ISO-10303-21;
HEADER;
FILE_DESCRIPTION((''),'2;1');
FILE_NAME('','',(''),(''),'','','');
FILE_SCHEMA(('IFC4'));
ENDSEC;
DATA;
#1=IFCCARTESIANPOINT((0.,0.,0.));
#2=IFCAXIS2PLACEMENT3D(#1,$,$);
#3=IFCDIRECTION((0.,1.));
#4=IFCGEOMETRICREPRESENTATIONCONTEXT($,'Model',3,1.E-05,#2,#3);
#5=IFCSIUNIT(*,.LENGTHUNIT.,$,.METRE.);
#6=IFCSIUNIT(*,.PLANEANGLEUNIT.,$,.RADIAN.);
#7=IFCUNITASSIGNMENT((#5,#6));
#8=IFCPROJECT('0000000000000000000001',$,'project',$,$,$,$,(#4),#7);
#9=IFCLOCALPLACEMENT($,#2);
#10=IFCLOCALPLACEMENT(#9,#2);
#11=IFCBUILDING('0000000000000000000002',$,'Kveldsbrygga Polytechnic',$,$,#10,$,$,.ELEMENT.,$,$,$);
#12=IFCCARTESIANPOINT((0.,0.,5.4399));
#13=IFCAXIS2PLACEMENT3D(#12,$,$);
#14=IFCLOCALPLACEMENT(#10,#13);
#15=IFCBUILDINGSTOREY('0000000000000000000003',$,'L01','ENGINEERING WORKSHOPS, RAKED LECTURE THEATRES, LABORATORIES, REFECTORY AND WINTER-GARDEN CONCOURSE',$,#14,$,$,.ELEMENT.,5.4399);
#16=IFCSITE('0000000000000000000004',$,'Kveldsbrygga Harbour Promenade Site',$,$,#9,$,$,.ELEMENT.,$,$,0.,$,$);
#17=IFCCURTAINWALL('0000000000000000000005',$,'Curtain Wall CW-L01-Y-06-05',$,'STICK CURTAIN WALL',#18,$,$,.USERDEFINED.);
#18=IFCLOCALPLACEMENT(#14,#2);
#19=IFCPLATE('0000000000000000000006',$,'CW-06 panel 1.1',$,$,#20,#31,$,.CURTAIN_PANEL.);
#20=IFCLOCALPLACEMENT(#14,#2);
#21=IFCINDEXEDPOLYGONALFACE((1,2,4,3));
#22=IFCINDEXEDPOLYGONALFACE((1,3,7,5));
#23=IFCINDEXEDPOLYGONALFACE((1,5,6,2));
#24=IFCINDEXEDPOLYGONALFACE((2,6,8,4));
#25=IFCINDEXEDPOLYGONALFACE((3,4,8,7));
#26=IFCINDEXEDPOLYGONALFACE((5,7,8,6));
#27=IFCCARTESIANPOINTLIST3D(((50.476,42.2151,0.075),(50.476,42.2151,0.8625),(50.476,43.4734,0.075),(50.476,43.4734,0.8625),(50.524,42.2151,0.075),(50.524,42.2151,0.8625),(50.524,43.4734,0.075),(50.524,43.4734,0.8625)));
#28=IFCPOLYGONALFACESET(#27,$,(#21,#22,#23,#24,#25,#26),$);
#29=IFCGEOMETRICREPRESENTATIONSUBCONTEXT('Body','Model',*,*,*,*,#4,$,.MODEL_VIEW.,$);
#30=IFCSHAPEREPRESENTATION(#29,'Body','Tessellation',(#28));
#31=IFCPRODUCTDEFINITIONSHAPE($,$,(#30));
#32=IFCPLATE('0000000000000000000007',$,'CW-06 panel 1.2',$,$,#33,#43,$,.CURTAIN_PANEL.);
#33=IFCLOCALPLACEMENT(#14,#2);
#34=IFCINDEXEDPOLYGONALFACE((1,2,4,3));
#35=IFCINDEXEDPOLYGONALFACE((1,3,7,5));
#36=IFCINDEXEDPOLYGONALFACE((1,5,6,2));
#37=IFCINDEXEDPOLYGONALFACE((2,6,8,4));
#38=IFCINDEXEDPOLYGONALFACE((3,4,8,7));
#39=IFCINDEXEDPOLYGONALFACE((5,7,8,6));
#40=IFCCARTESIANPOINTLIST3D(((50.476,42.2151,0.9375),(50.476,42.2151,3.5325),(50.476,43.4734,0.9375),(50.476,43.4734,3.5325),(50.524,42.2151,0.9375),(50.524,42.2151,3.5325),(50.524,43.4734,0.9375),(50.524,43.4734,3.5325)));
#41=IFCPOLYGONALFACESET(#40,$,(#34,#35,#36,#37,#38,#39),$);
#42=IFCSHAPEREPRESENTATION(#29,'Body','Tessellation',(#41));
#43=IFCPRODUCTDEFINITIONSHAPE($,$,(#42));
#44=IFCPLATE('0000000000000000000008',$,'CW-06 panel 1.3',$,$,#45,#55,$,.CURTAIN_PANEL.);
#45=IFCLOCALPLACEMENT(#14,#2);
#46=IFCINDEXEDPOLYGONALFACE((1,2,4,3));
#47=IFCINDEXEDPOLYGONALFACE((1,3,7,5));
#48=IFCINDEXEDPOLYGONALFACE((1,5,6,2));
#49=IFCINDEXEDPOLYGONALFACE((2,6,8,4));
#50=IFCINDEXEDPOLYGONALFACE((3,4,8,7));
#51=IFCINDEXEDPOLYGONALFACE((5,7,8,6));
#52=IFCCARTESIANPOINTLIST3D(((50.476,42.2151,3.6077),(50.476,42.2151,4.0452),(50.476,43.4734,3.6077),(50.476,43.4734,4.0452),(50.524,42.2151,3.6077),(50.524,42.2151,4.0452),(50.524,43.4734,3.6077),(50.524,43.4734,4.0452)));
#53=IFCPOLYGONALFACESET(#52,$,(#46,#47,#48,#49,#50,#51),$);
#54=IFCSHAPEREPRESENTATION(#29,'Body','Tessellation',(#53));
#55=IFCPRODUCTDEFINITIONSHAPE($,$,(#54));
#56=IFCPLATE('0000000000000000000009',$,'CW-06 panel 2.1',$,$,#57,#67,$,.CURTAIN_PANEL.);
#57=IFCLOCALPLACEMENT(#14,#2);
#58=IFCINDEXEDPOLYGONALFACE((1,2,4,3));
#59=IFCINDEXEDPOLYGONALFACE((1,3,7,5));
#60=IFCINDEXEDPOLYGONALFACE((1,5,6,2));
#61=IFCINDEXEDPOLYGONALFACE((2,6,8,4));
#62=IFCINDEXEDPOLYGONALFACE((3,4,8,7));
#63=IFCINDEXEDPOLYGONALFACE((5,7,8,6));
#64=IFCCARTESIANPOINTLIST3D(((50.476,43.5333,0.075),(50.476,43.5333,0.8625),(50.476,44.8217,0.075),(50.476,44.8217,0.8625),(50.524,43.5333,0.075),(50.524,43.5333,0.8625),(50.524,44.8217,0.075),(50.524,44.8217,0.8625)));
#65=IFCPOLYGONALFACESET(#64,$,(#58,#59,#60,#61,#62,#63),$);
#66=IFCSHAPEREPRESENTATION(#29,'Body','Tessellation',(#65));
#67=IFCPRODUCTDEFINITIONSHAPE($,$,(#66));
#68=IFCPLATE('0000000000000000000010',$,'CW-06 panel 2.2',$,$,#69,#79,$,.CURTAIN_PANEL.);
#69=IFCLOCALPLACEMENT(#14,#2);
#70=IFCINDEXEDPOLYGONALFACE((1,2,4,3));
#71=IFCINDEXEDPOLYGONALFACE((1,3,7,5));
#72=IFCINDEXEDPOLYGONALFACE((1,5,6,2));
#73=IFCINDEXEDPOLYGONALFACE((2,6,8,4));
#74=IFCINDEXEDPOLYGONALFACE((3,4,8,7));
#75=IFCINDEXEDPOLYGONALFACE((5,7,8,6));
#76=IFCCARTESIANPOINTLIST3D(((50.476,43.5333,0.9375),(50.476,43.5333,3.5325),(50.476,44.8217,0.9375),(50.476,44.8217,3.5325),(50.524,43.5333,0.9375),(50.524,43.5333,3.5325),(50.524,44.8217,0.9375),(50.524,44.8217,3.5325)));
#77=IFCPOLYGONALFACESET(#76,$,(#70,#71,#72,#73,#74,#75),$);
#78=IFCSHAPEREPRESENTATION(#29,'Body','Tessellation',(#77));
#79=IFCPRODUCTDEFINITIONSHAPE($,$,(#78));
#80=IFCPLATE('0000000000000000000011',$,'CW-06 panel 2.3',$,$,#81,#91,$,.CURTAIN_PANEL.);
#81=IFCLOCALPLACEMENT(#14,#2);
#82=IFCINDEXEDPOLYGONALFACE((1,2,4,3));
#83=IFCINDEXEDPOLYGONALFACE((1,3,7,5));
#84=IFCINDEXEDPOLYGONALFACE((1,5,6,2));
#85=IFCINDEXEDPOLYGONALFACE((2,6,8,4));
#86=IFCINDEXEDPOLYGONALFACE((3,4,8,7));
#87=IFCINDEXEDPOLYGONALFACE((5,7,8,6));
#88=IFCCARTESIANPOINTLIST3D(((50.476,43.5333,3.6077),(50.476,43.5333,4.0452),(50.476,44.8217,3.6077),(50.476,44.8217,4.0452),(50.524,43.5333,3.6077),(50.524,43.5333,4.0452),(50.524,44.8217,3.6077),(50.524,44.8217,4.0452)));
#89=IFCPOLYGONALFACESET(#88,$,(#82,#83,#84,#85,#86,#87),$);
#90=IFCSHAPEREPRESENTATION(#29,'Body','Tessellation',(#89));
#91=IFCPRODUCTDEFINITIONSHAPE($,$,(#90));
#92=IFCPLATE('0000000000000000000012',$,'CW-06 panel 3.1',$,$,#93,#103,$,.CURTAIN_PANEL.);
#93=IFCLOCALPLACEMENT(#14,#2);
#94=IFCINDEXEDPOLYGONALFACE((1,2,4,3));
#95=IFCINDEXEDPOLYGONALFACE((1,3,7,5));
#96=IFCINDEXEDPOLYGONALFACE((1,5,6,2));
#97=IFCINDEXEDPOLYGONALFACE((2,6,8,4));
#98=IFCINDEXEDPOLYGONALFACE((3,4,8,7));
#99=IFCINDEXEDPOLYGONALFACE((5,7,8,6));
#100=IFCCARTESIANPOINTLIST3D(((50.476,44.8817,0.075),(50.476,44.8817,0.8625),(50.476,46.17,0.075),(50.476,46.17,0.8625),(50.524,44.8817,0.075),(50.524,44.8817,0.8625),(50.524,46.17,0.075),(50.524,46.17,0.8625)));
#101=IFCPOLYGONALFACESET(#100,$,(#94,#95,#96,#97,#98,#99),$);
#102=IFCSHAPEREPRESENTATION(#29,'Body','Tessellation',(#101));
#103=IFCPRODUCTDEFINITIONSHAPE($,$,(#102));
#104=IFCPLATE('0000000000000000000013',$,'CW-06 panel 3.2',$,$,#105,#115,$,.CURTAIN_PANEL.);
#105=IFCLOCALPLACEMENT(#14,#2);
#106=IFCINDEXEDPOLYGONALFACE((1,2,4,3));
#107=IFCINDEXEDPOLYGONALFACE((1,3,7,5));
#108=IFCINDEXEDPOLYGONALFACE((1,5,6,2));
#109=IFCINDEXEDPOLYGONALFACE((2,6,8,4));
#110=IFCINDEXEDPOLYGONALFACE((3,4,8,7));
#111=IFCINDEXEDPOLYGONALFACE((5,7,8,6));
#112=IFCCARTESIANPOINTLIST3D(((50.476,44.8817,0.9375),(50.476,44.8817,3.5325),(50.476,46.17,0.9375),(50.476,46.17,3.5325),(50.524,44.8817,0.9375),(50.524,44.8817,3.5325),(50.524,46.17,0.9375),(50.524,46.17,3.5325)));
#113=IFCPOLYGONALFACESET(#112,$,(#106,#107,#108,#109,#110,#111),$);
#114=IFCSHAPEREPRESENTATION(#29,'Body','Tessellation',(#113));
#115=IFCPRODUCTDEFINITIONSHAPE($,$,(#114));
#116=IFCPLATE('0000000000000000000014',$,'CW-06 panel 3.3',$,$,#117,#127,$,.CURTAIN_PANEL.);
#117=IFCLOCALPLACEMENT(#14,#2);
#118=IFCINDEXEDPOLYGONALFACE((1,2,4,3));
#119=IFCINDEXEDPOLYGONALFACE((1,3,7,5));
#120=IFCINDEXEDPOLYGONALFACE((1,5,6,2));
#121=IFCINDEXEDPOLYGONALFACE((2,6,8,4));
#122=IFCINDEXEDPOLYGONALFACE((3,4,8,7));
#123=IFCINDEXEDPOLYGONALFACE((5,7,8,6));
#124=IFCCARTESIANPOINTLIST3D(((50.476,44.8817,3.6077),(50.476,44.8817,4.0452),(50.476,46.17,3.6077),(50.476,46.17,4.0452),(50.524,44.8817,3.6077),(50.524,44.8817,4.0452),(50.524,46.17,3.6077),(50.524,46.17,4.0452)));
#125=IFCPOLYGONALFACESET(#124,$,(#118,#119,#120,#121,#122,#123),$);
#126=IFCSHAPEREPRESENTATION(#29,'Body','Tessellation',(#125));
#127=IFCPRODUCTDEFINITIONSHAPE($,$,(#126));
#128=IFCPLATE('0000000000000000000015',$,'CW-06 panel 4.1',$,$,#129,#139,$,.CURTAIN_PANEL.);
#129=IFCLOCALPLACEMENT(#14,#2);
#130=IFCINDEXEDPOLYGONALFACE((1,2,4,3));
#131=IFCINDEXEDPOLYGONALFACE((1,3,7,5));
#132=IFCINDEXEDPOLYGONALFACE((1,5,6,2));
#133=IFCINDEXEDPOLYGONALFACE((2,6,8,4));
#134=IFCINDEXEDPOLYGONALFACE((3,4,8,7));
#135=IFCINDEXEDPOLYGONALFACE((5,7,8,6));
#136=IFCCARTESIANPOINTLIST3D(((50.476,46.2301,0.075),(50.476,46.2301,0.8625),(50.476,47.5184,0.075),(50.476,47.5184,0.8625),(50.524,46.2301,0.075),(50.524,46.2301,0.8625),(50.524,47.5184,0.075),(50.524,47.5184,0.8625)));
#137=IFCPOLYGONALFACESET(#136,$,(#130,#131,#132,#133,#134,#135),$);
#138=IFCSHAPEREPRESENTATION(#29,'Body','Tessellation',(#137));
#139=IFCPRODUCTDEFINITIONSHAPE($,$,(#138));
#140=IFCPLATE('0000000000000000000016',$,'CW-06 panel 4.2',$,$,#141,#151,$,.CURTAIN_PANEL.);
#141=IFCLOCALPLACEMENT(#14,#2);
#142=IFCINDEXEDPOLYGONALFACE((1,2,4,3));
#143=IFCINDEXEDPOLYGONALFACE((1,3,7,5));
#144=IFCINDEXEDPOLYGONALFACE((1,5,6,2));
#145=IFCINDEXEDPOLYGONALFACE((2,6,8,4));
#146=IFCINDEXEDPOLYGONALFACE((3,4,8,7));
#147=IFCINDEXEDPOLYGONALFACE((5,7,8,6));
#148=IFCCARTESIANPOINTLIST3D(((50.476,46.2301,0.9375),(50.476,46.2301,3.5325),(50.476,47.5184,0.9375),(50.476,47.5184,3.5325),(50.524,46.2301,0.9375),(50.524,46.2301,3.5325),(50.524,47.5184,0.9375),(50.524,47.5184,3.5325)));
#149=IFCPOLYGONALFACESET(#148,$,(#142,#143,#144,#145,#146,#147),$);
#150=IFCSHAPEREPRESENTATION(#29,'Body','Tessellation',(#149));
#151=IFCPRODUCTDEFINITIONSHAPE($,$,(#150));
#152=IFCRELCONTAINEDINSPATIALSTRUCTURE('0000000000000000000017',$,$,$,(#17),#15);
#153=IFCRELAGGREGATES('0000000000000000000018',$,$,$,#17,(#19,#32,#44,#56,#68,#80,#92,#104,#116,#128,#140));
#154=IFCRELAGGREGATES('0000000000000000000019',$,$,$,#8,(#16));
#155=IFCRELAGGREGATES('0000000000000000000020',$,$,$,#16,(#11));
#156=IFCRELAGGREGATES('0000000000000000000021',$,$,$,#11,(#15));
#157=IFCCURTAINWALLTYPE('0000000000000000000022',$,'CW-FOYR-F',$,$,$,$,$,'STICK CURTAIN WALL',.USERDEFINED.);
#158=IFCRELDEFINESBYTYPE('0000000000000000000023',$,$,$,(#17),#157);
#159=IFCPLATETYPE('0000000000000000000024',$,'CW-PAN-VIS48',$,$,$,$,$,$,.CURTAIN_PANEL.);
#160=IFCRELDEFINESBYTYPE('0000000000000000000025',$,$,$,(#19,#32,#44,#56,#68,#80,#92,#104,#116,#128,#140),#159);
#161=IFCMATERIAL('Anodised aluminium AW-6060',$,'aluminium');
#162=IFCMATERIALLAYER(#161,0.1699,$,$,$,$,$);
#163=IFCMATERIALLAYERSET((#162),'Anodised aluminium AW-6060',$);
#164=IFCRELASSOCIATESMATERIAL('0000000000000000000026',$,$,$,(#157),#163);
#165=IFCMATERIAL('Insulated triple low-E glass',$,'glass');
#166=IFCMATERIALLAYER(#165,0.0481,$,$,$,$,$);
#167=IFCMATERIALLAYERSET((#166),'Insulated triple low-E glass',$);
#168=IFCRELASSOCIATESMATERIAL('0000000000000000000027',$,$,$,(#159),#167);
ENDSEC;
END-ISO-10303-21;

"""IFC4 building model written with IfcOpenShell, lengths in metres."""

from ifc_helpers import new_model, si_unit, direction, frame, origin, origin_2d, place, context, subcontext, project, spatial, rectangle, extrude, material, layer, layer_set, type_object, element, aggregate, save


model = new_model("IFC4")

# Units and contexts
model_context = context("Model", 3, precision=1e-05, world=origin(), true_north=direction((0.0, 1.0)))
body_context = subcontext(model_context, "Body", "Model", "MODEL_VIEW")
ifc_project = project(units=[si_unit("LENGTHUNIT", "METRE"), si_unit("PLANEANGLEUNIT", "RADIAN")], contexts=[model_context])

# Site, building, storey
site_placement = place(None, origin())
site = spatial("IfcSite", under=ifc_project, at=site_placement, Name="Kveldsbrygga Harbour Promenade Site", CompositionType="ELEMENT", RefElevation=0.0)
building_placement = place(site_placement, origin())
building = spatial("IfcBuilding", under=site, at=building_placement, Name="Kveldsbrygga Polytechnic", CompositionType="ELEMENT")
storey_placement = place(building_placement, frame((0.0, 0.0, 5.4399)))
storey = spatial("IfcBuildingStorey", under=building, at=storey_placement, Name="L01", Description="ENGINEERING WORKSHOPS, RAKED LECTURE THEATRES, LABORATORIES, REFECTORY AND WINTER-GARDEN CONCOURSE", CompositionType="ELEMENT", Elevation=5.4399)

# Curtain wall
ifc_material_1 = material(Name="Anodised aluminium AW-6060", Category="aluminium")
ifc_layer_1 = layer(ifc_material_1, 0.1699)
ifc_layer_set_1 = layer_set([ifc_layer_1], Name="Anodised aluminium AW-6060")
curtain_wall_type_1 = type_object("IfcCurtainWallType", Name="CW-FOYR-F", ElementType="STICK CURTAIN WALL", PredefinedType="USERDEFINED", material=ifc_layer_set_1)
curtain_wall_1_placement = place(storey_placement, origin())
curtain_wall_1 = element("IfcCurtainWall", 1, at=curtain_wall_1_placement, inside=storey, type_object=curtain_wall_type_1, Name="Curtain Wall CW-L01-Y-06-05", ObjectType="STICK CURTAIN WALL", PredefinedType="USERDEFINED")

# Plates
ifc_material_2 = material(Name="Insulated triple low-E glass", Category="glass")
ifc_layer_2 = layer(ifc_material_2, 0.0481)
ifc_layer_set_2 = layer_set([ifc_layer_2], Name="Insulated triple low-E glass")
plate_type_1 = type_object("IfcPlateType", Name="CW-PAN-VIS48", PredefinedType="CURTAIN_PANEL", material=ifc_layer_set_2)
plate_1_placement = place(storey_placement, frame((50.5, 42.8442, 0.075), z_axis=(0.0, 0.0, 1.0), x_axis=(0.0, 1.0, 0.0)))
plate_1 = element("IfcPlate", 2, at=plate_1_placement, type_object=plate_type_1, Name="CW-06 panel 1.1", PredefinedType="CURTAIN_PANEL", context=body_context, shape_type="SweptSolid", body=[
    extrude(rectangle(XDim=1.2583, YDim=0.0481, at=origin_2d()), origin(), (0.0, 0.0, 1.0), 0.7876),
])
plate_2_placement = place(storey_placement, frame((50.5, 42.8442, 0.9375), z_axis=(0.0, 0.0, 1.0), x_axis=(0.0, 1.0, 0.0)))
plate_2 = element("IfcPlate", 3, at=plate_2_placement, type_object=plate_type_1, Name="CW-06 panel 1.2", PredefinedType="CURTAIN_PANEL", context=body_context, shape_type="SweptSolid", body=[
    extrude(rectangle(XDim=1.2583, YDim=0.0481, at=origin_2d()), origin(), (0.0, 0.0, 1.0), 2.595),
])
plate_3_placement = place(storey_placement, frame((50.5, 42.8442, 3.6077), z_axis=(0.0, 0.0, 1.0), x_axis=(0.0, 1.0, 0.0)))
plate_3 = element("IfcPlate", 4, at=plate_3_placement, type_object=plate_type_1, Name="CW-06 panel 1.3", PredefinedType="CURTAIN_PANEL", context=body_context, shape_type="SweptSolid", body=[
    extrude(rectangle(XDim=1.2583, YDim=0.0481, at=origin_2d()), origin(), (0.0, 0.0, 1.0), 0.4375),
])
plate_4_placement = place(storey_placement, frame((50.5, 44.1775, 0.075), z_axis=(0.0, 0.0, 1.0), x_axis=(0.0, 1.0, 0.0)))
plate_4 = element("IfcPlate", 5, at=plate_4_placement, type_object=plate_type_1, Name="CW-06 panel 2.1", PredefinedType="CURTAIN_PANEL", context=body_context, shape_type="SweptSolid", body=[
    extrude(rectangle(XDim=1.2883, YDim=0.0481, at=origin_2d()), origin(), (0.0, 0.0, 1.0), 0.7876),
])
plate_5_placement = place(storey_placement, frame((50.5, 44.1775, 0.9375), z_axis=(0.0, 0.0, 1.0), x_axis=(0.0, 1.0, 0.0)))
plate_5 = element("IfcPlate", 6, at=plate_5_placement, type_object=plate_type_1, Name="CW-06 panel 2.2", PredefinedType="CURTAIN_PANEL", context=body_context, shape_type="SweptSolid", body=[
    extrude(rectangle(XDim=1.2883, YDim=0.0481, at=origin_2d()), origin(), (0.0, 0.0, 1.0), 2.595),
])
plate_6_placement = place(storey_placement, frame((50.5, 44.1775, 3.6077), z_axis=(0.0, 0.0, 1.0), x_axis=(0.0, 1.0, 0.0)))
plate_6 = element("IfcPlate", 7, at=plate_6_placement, type_object=plate_type_1, Name="CW-06 panel 2.3", PredefinedType="CURTAIN_PANEL", context=body_context, shape_type="SweptSolid", body=[
    extrude(rectangle(XDim=1.2883, YDim=0.0481, at=origin_2d()), origin(), (0.0, 0.0, 1.0), 0.4375),
])
plate_7_placement = place(storey_placement, frame((50.5, 45.5259, 0.075), z_axis=(0.0, 0.0, 1.0), x_axis=(0.0, 1.0, 0.0)))
plate_7 = element("IfcPlate", 8, at=plate_7_placement, type_object=plate_type_1, Name="CW-06 panel 3.1", PredefinedType="CURTAIN_PANEL", context=body_context, shape_type="SweptSolid", body=[
    extrude(rectangle(XDim=1.2883, YDim=0.0481, at=origin_2d()), origin(), (0.0, 0.0, 1.0), 0.7876),
])
plate_8_placement = place(storey_placement, frame((50.5, 45.5259, 0.9375), z_axis=(0.0, 0.0, 1.0), x_axis=(0.0, 1.0, 0.0)))
plate_8 = element("IfcPlate", 9, at=plate_8_placement, type_object=plate_type_1, Name="CW-06 panel 3.2", PredefinedType="CURTAIN_PANEL", context=body_context, shape_type="SweptSolid", body=[
    extrude(rectangle(XDim=1.2883, YDim=0.0481, at=origin_2d()), origin(), (0.0, 0.0, 1.0), 2.595),
])
plate_9_placement = place(storey_placement, frame((50.5, 45.5259, 3.6077), z_axis=(0.0, 0.0, 1.0), x_axis=(0.0, 1.0, 0.0)))
plate_9 = element("IfcPlate", 10, at=plate_9_placement, type_object=plate_type_1, Name="CW-06 panel 3.3", PredefinedType="CURTAIN_PANEL", context=body_context, shape_type="SweptSolid", body=[
    extrude(rectangle(XDim=1.2883, YDim=0.0481, at=origin_2d()), origin(), (0.0, 0.0, 1.0), 0.4375),
])
plate_10_placement = place(storey_placement, frame((50.5, 46.8743, 0.075), z_axis=(0.0, 0.0, 1.0), x_axis=(0.0, 1.0, 0.0)))
plate_10 = element("IfcPlate", 11, at=plate_10_placement, type_object=plate_type_1, Name="CW-06 panel 4.1", PredefinedType="CURTAIN_PANEL", context=body_context, shape_type="SweptSolid", body=[
    extrude(rectangle(XDim=1.2883, YDim=0.0481, at=origin_2d()), origin(), (0.0, 0.0, 1.0), 0.7876),
])
plate_11_placement = place(storey_placement, frame((50.5, 46.8743, 0.9375), z_axis=(0.0, 0.0, 1.0), x_axis=(0.0, 1.0, 0.0)))
plate_11 = element("IfcPlate", 12, at=plate_11_placement, type_object=plate_type_1, Name="CW-06 panel 4.2", PredefinedType="CURTAIN_PANEL", context=body_context, shape_type="SweptSolid", body=[
    extrude(rectangle(XDim=1.2883, YDim=0.0481, at=origin_2d()), origin(), (0.0, 0.0, 1.0), 2.595),
])
aggregate(curtain_wall_1, [plate_1, plate_2, plate_3, plate_4, plate_5, plate_6, plate_7, plate_8, plate_9, plate_10, plate_11])

save(model, "model.ifc")
